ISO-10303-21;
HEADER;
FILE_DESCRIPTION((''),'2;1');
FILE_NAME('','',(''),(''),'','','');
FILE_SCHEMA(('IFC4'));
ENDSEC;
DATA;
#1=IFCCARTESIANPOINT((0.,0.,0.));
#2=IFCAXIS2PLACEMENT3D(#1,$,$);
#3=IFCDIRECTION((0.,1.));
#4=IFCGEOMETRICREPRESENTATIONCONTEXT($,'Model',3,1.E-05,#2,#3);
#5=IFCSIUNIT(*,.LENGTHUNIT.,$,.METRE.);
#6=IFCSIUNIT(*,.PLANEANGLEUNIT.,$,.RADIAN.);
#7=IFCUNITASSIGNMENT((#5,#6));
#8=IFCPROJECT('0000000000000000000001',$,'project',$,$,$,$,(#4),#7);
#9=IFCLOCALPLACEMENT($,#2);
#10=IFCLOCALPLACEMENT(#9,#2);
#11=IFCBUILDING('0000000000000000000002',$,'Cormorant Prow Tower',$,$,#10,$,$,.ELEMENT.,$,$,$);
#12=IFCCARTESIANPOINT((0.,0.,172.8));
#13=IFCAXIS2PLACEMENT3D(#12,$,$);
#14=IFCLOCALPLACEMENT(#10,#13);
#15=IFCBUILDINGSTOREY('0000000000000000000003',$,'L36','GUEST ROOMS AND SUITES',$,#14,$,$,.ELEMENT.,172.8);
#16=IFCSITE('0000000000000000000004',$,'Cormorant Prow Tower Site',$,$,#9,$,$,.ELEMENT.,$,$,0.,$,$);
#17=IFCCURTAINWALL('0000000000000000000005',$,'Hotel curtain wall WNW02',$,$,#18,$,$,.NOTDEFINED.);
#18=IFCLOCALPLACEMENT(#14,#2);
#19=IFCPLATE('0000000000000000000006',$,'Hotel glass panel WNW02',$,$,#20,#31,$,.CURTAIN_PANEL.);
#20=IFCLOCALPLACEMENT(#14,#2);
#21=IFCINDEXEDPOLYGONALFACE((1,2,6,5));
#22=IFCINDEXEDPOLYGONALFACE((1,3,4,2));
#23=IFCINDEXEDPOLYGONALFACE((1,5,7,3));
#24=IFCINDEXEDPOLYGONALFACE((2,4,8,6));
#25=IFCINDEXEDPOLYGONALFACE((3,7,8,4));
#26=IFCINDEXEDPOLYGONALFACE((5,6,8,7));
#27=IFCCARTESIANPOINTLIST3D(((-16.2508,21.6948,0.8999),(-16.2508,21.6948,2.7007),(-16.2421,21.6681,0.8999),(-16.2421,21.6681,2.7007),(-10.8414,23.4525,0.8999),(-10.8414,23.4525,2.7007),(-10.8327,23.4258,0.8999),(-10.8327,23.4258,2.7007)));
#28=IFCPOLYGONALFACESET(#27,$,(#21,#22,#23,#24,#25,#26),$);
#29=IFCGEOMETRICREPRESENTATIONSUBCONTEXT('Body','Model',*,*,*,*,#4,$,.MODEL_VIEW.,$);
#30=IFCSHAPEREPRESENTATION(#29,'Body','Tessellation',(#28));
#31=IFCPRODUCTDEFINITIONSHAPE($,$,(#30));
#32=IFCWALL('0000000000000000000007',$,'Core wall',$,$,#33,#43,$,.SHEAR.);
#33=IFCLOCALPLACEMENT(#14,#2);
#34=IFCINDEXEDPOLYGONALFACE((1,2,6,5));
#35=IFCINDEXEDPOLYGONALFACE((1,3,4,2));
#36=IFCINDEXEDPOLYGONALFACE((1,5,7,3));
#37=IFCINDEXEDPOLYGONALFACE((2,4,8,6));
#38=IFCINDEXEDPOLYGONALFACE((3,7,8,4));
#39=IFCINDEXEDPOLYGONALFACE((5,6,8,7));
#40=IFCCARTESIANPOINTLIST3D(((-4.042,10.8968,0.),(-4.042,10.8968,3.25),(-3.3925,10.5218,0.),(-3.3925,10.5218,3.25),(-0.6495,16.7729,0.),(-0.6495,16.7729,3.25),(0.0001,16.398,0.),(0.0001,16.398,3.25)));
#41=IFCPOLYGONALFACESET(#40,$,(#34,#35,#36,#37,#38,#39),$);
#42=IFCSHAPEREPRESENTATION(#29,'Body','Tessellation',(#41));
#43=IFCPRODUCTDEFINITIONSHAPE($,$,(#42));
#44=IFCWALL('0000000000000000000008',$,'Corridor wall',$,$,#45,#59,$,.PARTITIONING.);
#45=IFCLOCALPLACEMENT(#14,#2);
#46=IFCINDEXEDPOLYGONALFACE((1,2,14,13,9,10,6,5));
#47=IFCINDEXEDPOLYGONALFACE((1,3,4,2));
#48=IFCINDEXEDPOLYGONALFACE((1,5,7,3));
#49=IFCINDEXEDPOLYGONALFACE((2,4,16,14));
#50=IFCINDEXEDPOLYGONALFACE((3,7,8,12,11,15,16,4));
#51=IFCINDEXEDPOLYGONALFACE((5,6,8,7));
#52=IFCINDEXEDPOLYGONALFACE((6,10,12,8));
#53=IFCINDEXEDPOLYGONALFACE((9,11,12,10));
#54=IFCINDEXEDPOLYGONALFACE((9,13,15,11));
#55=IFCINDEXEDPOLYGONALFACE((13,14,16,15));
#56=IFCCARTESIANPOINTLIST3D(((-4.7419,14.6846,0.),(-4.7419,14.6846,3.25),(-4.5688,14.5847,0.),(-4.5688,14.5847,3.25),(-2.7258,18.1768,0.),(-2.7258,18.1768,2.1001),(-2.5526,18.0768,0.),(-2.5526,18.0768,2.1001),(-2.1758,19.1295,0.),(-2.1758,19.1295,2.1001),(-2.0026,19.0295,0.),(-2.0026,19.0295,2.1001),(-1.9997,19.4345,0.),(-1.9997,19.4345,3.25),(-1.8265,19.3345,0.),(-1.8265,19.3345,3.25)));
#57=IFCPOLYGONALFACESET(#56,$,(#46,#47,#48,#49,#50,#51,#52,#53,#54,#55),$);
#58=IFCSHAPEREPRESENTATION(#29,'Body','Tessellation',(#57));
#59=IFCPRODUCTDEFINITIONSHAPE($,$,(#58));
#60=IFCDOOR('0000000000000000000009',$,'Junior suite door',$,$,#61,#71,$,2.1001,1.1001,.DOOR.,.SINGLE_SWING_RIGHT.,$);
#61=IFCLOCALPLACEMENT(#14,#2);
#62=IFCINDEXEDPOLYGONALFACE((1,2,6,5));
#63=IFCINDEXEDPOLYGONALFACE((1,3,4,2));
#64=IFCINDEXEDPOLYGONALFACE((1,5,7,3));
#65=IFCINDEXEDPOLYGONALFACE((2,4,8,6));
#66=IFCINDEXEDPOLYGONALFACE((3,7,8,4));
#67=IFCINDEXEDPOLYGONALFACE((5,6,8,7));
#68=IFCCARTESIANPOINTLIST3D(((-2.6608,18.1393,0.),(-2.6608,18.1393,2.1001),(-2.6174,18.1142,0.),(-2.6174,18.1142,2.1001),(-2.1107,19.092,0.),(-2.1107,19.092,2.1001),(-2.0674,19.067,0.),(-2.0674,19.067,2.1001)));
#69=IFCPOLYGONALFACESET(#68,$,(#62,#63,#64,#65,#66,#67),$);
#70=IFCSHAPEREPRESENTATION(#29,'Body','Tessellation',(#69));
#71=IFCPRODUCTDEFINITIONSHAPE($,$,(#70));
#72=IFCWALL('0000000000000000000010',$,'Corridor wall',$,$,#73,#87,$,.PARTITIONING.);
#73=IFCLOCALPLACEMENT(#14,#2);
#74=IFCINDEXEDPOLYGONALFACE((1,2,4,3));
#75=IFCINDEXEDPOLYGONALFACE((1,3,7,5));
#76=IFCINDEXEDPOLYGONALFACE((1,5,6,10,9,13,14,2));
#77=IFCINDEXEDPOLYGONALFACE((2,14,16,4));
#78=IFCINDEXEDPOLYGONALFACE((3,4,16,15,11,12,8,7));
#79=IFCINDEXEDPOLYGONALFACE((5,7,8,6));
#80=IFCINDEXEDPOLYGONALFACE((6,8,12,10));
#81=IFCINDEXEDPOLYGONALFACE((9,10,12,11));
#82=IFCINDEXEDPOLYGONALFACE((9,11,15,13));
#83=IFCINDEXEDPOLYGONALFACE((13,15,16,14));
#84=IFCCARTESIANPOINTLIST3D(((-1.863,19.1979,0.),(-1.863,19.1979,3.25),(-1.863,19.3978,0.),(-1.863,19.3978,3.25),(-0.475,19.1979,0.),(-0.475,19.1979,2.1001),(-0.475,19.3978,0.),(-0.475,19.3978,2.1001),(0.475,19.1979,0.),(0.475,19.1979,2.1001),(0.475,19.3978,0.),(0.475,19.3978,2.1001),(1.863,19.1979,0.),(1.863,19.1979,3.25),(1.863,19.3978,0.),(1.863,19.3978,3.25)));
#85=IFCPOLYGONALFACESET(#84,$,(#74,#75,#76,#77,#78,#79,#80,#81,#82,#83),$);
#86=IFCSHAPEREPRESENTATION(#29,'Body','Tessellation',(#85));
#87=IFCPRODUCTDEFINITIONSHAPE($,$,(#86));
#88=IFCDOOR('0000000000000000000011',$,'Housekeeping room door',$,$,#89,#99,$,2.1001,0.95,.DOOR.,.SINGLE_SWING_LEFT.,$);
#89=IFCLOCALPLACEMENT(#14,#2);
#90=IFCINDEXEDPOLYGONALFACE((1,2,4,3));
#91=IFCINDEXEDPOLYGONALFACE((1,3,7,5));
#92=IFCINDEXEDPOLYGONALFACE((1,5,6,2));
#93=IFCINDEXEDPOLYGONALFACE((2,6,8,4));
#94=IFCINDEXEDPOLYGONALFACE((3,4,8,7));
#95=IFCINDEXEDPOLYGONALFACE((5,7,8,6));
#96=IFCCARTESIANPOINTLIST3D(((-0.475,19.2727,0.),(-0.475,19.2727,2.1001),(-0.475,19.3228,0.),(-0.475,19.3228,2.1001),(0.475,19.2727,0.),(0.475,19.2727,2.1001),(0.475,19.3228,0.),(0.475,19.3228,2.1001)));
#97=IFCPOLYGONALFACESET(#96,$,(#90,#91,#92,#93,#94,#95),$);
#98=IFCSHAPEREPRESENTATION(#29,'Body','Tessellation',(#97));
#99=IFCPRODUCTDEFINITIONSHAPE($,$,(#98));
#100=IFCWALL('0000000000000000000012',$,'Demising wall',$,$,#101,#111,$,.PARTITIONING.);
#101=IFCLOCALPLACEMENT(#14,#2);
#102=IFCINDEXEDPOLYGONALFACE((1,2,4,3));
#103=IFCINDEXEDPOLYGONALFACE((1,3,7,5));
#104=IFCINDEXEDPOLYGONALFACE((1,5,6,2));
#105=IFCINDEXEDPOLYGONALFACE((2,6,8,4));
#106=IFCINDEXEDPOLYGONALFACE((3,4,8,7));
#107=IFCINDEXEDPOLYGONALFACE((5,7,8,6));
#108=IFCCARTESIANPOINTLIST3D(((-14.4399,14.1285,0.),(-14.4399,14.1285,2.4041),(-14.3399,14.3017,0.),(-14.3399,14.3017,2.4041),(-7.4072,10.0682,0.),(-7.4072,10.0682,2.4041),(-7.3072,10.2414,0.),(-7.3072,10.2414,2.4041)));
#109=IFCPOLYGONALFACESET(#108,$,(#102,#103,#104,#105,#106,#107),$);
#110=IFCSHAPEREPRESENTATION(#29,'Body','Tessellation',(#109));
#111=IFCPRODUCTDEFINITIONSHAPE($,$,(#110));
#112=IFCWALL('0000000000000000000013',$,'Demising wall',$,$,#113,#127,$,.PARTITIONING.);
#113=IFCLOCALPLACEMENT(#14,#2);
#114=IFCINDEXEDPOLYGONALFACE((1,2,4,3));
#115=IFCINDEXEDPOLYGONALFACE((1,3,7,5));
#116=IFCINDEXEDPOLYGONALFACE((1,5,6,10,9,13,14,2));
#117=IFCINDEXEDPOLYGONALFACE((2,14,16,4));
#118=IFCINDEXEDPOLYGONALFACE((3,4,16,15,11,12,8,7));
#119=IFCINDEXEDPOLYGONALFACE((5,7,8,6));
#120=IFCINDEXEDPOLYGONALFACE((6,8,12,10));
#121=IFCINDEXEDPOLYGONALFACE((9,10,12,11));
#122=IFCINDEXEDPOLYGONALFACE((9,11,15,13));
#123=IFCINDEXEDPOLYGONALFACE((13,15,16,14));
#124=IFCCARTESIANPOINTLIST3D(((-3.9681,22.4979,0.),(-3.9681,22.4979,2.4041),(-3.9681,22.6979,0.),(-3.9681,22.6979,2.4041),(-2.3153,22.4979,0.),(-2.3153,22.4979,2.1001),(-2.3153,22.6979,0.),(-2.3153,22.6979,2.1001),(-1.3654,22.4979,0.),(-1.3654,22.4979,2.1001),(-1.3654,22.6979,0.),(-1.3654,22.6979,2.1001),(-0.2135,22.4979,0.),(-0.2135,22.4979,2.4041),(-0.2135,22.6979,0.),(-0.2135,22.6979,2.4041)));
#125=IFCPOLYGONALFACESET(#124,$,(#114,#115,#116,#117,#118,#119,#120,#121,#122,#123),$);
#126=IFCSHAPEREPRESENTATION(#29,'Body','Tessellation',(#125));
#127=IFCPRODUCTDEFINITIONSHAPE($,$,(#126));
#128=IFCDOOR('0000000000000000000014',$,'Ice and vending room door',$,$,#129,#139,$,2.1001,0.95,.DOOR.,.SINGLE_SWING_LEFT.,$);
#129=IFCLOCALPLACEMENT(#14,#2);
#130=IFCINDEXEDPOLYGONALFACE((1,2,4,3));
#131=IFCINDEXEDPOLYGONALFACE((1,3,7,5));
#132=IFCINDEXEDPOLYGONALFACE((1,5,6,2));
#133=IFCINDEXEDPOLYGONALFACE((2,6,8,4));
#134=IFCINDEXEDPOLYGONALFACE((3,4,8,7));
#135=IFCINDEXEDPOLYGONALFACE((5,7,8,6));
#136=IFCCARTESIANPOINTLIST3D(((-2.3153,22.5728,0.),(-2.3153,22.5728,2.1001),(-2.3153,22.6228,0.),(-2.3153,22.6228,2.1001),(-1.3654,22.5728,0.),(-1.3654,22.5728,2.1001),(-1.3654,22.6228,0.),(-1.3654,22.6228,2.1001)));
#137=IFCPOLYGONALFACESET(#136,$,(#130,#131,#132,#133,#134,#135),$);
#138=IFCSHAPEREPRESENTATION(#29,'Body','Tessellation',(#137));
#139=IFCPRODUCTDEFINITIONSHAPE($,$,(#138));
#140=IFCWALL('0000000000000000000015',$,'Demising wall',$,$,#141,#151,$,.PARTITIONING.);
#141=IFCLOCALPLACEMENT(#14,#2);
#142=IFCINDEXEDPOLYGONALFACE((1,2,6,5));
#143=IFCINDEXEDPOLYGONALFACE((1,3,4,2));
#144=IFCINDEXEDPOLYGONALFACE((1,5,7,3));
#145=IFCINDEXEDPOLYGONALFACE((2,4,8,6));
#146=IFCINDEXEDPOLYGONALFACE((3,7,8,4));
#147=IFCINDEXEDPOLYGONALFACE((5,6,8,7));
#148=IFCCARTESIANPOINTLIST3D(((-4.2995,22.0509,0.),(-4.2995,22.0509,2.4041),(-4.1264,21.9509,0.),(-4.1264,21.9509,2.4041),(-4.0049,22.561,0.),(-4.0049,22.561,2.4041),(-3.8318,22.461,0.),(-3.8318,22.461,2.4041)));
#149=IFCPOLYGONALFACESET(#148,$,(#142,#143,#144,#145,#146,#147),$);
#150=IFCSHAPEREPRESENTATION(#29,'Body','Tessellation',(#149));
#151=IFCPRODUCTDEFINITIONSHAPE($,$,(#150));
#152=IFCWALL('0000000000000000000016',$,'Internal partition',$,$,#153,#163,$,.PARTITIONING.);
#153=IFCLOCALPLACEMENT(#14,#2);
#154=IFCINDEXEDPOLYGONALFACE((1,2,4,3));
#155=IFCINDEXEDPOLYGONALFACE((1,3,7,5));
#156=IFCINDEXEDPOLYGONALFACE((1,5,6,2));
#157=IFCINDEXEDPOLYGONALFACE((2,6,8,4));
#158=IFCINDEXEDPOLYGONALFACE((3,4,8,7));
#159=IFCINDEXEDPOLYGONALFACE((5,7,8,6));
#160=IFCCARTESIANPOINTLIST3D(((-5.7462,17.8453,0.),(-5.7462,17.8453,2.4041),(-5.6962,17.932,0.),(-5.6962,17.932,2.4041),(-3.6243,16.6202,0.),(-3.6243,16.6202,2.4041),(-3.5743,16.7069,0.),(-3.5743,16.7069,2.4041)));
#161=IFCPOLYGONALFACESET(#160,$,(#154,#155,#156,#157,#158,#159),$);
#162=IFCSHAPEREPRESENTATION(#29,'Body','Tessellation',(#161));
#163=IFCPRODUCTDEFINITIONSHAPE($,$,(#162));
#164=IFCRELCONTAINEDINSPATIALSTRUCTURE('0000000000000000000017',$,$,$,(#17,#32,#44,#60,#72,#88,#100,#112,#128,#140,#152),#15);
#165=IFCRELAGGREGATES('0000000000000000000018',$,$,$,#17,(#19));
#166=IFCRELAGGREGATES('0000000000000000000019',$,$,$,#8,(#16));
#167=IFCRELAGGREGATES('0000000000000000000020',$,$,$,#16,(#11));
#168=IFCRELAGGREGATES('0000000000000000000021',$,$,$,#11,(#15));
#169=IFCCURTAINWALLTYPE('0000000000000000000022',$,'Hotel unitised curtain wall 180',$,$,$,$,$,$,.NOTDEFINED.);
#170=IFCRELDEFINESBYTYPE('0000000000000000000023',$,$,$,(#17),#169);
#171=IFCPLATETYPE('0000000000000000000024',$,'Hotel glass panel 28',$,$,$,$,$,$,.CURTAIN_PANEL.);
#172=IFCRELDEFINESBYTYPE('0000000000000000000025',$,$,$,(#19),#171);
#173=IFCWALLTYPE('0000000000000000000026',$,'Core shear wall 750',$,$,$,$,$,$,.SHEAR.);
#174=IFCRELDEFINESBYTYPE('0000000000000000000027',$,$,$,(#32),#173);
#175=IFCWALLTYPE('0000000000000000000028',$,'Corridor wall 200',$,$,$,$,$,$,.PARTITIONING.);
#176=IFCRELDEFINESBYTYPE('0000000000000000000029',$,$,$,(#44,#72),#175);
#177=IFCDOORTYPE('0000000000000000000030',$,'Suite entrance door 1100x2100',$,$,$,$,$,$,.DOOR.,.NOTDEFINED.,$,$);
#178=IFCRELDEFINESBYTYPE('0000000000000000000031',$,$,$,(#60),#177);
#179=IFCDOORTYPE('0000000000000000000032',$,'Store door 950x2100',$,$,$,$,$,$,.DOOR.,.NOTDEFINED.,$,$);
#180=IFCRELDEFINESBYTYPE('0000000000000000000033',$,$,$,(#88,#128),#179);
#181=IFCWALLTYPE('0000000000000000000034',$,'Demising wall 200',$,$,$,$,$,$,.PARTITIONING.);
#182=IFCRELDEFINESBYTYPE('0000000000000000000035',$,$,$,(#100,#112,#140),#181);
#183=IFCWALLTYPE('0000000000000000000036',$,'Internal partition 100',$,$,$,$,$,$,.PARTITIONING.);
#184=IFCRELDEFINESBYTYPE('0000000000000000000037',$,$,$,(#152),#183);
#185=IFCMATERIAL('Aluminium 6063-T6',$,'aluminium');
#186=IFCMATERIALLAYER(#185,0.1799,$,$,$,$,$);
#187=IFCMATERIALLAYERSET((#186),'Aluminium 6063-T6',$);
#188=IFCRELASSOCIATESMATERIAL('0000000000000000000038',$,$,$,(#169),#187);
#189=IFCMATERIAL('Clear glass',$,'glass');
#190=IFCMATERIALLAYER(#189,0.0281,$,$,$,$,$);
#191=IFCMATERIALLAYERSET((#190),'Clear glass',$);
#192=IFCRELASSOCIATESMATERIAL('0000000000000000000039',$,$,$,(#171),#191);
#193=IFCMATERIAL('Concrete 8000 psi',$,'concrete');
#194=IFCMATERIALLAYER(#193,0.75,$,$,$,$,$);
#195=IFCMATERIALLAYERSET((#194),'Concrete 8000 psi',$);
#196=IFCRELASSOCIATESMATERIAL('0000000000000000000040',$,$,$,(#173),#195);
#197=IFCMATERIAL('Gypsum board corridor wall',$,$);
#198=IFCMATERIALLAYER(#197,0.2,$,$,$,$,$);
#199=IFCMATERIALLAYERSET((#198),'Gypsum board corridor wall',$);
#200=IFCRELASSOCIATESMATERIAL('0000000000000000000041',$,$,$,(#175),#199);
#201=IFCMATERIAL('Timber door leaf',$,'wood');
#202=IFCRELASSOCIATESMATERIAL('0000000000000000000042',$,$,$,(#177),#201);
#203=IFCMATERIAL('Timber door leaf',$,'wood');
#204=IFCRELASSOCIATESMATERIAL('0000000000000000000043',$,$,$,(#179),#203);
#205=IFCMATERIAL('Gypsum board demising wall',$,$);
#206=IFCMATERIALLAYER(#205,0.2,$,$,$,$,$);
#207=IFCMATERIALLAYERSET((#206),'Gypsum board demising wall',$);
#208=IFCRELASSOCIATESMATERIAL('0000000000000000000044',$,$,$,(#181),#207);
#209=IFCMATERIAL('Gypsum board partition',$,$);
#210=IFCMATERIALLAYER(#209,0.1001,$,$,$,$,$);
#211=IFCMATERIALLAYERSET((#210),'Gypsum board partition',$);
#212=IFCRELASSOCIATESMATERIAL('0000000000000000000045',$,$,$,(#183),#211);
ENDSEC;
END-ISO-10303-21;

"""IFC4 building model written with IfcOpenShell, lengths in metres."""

from ifc_helpers import new_model, si_unit, direction, frame, frame_2d, origin, origin_2d, place, context, subcontext, project, spatial, rectangle, extrude, material, layer, layer_set, type_object, element, fill, aggregate, save


model = new_model("IFC4")

# Units and contexts
model_context = context("Model", 3, precision=1e-05, world=origin(), true_north=direction((0.0, 1.0)))
body_context = subcontext(model_context, "Body", "Model", "MODEL_VIEW")
ifc_project = project(units=[si_unit("LENGTHUNIT", "METRE"), si_unit("PLANEANGLEUNIT", "RADIAN")], contexts=[model_context])

# Site, building, storey
site_placement = place(None, origin())
site = spatial("IfcSite", under=ifc_project, at=site_placement, Name="Cormorant Prow Tower Site", CompositionType="ELEMENT", RefElevation=0.0)
building_placement = place(site_placement, origin())
building = spatial("IfcBuilding", under=site, at=building_placement, Name="Cormorant Prow Tower", CompositionType="ELEMENT")
storey_placement = place(building_placement, frame((0.0, 0.0, 172.8)))
storey = spatial("IfcBuildingStorey", under=building, at=storey_placement, Name="L36", Description="GUEST ROOMS AND SUITES", CompositionType="ELEMENT", Elevation=172.8)

# Shared definitions
ifc_material_1 = material(Name="Aluminium 6063-T6", Category="aluminium")
ifc_layer_1 = layer(ifc_material_1, 0.1799)
ifc_layer_set_1 = layer_set([ifc_layer_1], Name="Aluminium 6063-T6")
curtain_wall_type = type_object("IfcCurtainWallType", Name="Hotel unitised curtain wall 180", PredefinedType="NOTDEFINED", material=ifc_layer_set_1)

# Curtain wall, plate
curtain_wall_1_placement = place(storey_placement, origin())
curtain_wall_1 = element("IfcCurtainWall", 1, at=curtain_wall_1_placement, inside=storey, type_object=curtain_wall_type, Name="Hotel curtain wall WNW02", PredefinedType="NOTDEFINED")
ifc_material_2 = material(Name="Clear glass", Category="glass")
ifc_layer_2 = layer(ifc_material_2, 0.0281)
ifc_layer_set_2 = layer_set([ifc_layer_2], Name="Clear glass")
plate_type = type_object("IfcPlateType", Name="Hotel glass panel 28", PredefinedType="CURTAIN_PANEL", material=ifc_layer_set_2)
plate_placement = place(storey_placement, frame((-13.5417, 22.5603, 0.8999), z_axis=(0.0, 0.0, 1.0), x_axis=(-0.951056, -0.309017, 0.0)))
plate = element("IfcPlate", 2, at=plate_placement, type_object=plate_type, Name="Hotel glass panel WNW02", PredefinedType="CURTAIN_PANEL", context=body_context, shape_type="SweptSolid", body=[
    extrude(rectangle(XDim=5.6877, YDim=0.0281, at=origin_2d()), origin(), (0.0, 0.0, 1.0), 1.8008),
])
aggregate(curtain_wall_1, [plate])

# Wall
ifc_material_3 = material(Name="Concrete 8000 psi", Category="concrete")
ifc_layer_3 = layer(ifc_material_3, 0.75)
ifc_layer_set_3 = layer_set([ifc_layer_3], Name="Concrete 8000 psi")
wall_type_1 = type_object("IfcWallType", Name="Core shear wall 750", PredefinedType="SHEAR", material=ifc_layer_set_3)
wall_1_placement = place(storey_placement, frame((-0.3247, 16.5854, 0.0), z_axis=(0.0, 0.0, 1.0), x_axis=(-0.499993, -0.866029, 0.0)))
element("IfcWall", 3, at=wall_1_placement, inside=storey, type_object=wall_type_1, Name="Core wall", PredefinedType="SHEAR", context=body_context, shape_type="SweptSolid", body=[
    extrude(rectangle(XDim=6.7852, YDim=0.75, at=frame_2d((3.3926, 0.0))), origin(), (0.0, 0.0, 1.0), 3.25),
])

# Walls, openings, doors
ifc_material_4 = material(Name="Gypsum board corridor wall")
ifc_layer_4 = layer(ifc_material_4, 0.2)
ifc_layer_set_4 = layer_set([ifc_layer_4], Name="Gypsum board corridor wall")
wall_type_2 = type_object("IfcWallType", Name="Corridor wall 200", PredefinedType="PARTITIONING", material=ifc_layer_set_4)
wall_2_placement = place(storey_placement, frame((-4.6553, 14.6348, 0.0), z_axis=(0.0, 0.0, 1.0), x_axis=(0.499988, 0.866032, 0.0)))
wall_2 = element("IfcWall", 4, at=wall_2_placement, inside=storey, type_object=wall_type_2, Name="Corridor wall", PredefinedType="PARTITIONING", context=body_context, shape_type="SweptSolid", body=[
    extrude(rectangle(XDim=5.4846, YDim=0.2, at=frame_2d((2.7422, 0.0))), origin(), (0.0, 0.0, 1.0), 3.25),
])
opening_1_placement = place(wall_2_placement, frame((4.0322, 0.0, 0.0)))
opening_1 = element("IfcOpeningElement", 5, at=opening_1_placement, cuts=wall_2, PredefinedType="OPENING", context=body_context, shape_type="SweptSolid", body=[
    extrude(rectangle(XDim=1.1001, YDim=2.1001, at=frame_2d((0.55, 1.05))), frame((0.0, 0.1099, 0.0), z_axis=(0.0, -1.0, 0.0), x_axis=(1.0, 0.0, 0.0)), (0.0, 0.0, 1.0), 0.22),
])
ifc_material_5 = material(Name="Timber door leaf", Category="wood")
door_type_1 = type_object("IfcDoorType", Name="Suite entrance door 1100x2100", OperationType="NOTDEFINED", PredefinedType="DOOR", material=ifc_material_5)
door_1_placement = place(opening_1_placement, origin())
door_1 = element("IfcDoor", 6, at=door_1_placement, inside=storey, type_object=door_type_1, Name="Junior suite door", OperationType="SINGLE_SWING_RIGHT", OverallHeight=2.1001, OverallWidth=1.1001, PredefinedType="DOOR", context=body_context, shape_type="SweptSolid", body=[
    extrude(rectangle(XDim=1.1001, YDim=2.1001, at=frame_2d((0.55, 1.05))), frame((0.0, 0.0249, 0.0), z_axis=(0.0, -1.0, 0.0), x_axis=(1.0, 0.0, 0.0)), (0.0, 0.0, 1.0), 0.05),
])
fill(opening_1, door_1)
wall_3_placement = place(storey_placement, frame((-1.863, 19.2979, 0.0), z_axis=(0.0, 0.0, 1.0), x_axis=(1.0, 0.0, 0.0)))
wall_3 = element("IfcWall", 7, at=wall_3_placement, inside=storey, type_object=wall_type_2, Name="Corridor wall", PredefinedType="PARTITIONING", context=body_context, shape_type="SweptSolid", body=[
    extrude(rectangle(XDim=3.7261, YDim=0.2, at=frame_2d((1.863, 0.0))), origin(), (0.0, 0.0, 1.0), 3.25),
])
opening_2_placement = place(wall_3_placement, frame((1.3879, 0.0, 0.0)))
opening_2 = element("IfcOpeningElement", 8, at=opening_2_placement, cuts=wall_3, PredefinedType="OPENING", context=body_context, shape_type="SweptSolid", body=[
    extrude(rectangle(XDim=0.95, YDim=2.1001, at=frame_2d((0.4751, 1.05))), frame((0.0, 0.1099, 0.0), z_axis=(0.0, -1.0, 0.0), x_axis=(1.0, 0.0, 0.0)), (0.0, 0.0, 1.0), 0.22),
])
ifc_material_6 = material(Name="Timber door leaf", Category="wood")
door_type_2 = type_object("IfcDoorType", Name="Store door 950x2100", OperationType="NOTDEFINED", PredefinedType="DOOR", material=ifc_material_6)
door_2_placement = place(opening_2_placement, origin())
door_2 = element("IfcDoor", 9, at=door_2_placement, inside=storey, type_object=door_type_2, Name="Housekeeping room door", OperationType="SINGLE_SWING_LEFT", OverallHeight=2.1001, OverallWidth=0.95, PredefinedType="DOOR", context=body_context, shape_type="SweptSolid", body=[
    extrude(rectangle(XDim=0.95, YDim=2.1001, at=frame_2d((0.4751, 1.05))), frame((0.0, 0.0249, 0.0), z_axis=(0.0, -1.0, 0.0), x_axis=(1.0, 0.0, 0.0)), (0.0, 0.0, 1.0), 0.05),
])
fill(opening_2, door_2)

# Wall
ifc_material_7 = material(Name="Gypsum board demising wall")
ifc_layer_5 = layer(ifc_material_7, 0.2)
ifc_layer_set_5 = layer_set([ifc_layer_5], Name="Gypsum board demising wall")
wall_type_3 = type_object("IfcWallType", Name="Demising wall 200", PredefinedType="PARTITIONING", material=ifc_layer_set_5)
wall_4_placement = place(storey_placement, frame((-14.3899, 14.2151, 0.0), z_axis=(0.0, 0.0, 1.0), x_axis=(0.866027, -0.499997, 0.0)))
element("IfcWall", 10, at=wall_4_placement, inside=storey, type_object=wall_type_3, Name="Demising wall", PredefinedType="PARTITIONING", context=body_context, shape_type="SweptSolid", body=[
    extrude(rectangle(XDim=8.1206, YDim=0.2, at=frame_2d((4.0603, 0.0))), origin(), (0.0, 0.0, 1.0), 2.4041),
])

# Wall, opening, door
wall_5_placement = place(storey_placement, frame((-3.9683, 22.5979, 0.0), z_axis=(0.0, 0.0, 1.0), x_axis=(1.0, 0.0, 0.0)))
wall_5 = element("IfcWall", 11, at=wall_5_placement, inside=storey, type_object=wall_type_3, Name="Demising wall", PredefinedType="PARTITIONING", context=body_context, shape_type="SweptSolid", body=[
    extrude(rectangle(XDim=3.7546, YDim=0.2, at=frame_2d((1.8774, 0.0))), origin(), (0.0, 0.0, 1.0), 2.4041),
])
opening_3_placement = place(wall_5_placement, frame((1.6528, 0.0, 0.0)))
opening_3 = element("IfcOpeningElement", 12, at=opening_3_placement, cuts=wall_5, PredefinedType="OPENING", context=body_context, shape_type="SweptSolid", body=[
    extrude(rectangle(XDim=0.95, YDim=2.1001, at=frame_2d((0.4751, 1.05))), frame((0.0, 0.1099, 0.0), z_axis=(0.0, -1.0, 0.0), x_axis=(1.0, 0.0, 0.0)), (0.0, 0.0, 1.0), 0.22),
])
door_3_placement = place(opening_3_placement, origin())
door_3 = element("IfcDoor", 13, at=door_3_placement, inside=storey, type_object=door_type_2, Name="Ice and vending room door", OperationType="SINGLE_SWING_LEFT", OverallHeight=2.1001, OverallWidth=0.95, PredefinedType="DOOR", context=body_context, shape_type="SweptSolid", body=[
    extrude(rectangle(XDim=0.95, YDim=2.1001, at=frame_2d((0.4751, 1.05))), frame((0.0, 0.0249, 0.0), z_axis=(0.0, -1.0, 0.0), x_axis=(1.0, 0.0, 0.0)), (0.0, 0.0, 1.0), 0.05),
])
fill(opening_3, door_3)

# Walls
wall_6_placement = place(storey_placement, frame((-4.2129, 22.001, 0.0), z_axis=(0.0, 0.0, 1.0), x_axis=(0.500105, 0.865965, 0.0)))
element("IfcWall", 14, at=wall_6_placement, inside=storey, type_object=wall_type_3, Name="Demising wall", PredefinedType="PARTITIONING", context=body_context, shape_type="SweptSolid", body=[
    extrude(rectangle(XDim=0.5891, YDim=0.2, at=frame_2d((0.2944, 0.0))), origin(), (0.0, 0.0, 1.0), 2.4041),
])
ifc_material_8 = material(Name="Gypsum board partition")
ifc_layer_6 = layer(ifc_material_8, 0.1001)
ifc_layer_set_6 = layer_set([ifc_layer_6], Name="Gypsum board partition")
wall_type_4 = type_object("IfcWallType", Name="Internal partition 100", PredefinedType="PARTITIONING", material=ifc_layer_set_6)
wall_7_placement = place(storey_placement, frame((-5.7212, 17.8887, 0.0), z_axis=(0.0, 0.0, 1.0), x_axis=(0.866015, -0.500019, 0.0)))
element("IfcWall", 15, at=wall_7_placement, inside=storey, type_object=wall_type_4, Name="Internal partition", PredefinedType="PARTITIONING", context=body_context, shape_type="SweptSolid", body=[
    extrude(rectangle(XDim=2.4502, YDim=0.1001, at=frame_2d((1.2251, 0.0))), origin(), (0.0, 0.0, 1.0), 2.4041),
])

save(model, "model.ifc")
